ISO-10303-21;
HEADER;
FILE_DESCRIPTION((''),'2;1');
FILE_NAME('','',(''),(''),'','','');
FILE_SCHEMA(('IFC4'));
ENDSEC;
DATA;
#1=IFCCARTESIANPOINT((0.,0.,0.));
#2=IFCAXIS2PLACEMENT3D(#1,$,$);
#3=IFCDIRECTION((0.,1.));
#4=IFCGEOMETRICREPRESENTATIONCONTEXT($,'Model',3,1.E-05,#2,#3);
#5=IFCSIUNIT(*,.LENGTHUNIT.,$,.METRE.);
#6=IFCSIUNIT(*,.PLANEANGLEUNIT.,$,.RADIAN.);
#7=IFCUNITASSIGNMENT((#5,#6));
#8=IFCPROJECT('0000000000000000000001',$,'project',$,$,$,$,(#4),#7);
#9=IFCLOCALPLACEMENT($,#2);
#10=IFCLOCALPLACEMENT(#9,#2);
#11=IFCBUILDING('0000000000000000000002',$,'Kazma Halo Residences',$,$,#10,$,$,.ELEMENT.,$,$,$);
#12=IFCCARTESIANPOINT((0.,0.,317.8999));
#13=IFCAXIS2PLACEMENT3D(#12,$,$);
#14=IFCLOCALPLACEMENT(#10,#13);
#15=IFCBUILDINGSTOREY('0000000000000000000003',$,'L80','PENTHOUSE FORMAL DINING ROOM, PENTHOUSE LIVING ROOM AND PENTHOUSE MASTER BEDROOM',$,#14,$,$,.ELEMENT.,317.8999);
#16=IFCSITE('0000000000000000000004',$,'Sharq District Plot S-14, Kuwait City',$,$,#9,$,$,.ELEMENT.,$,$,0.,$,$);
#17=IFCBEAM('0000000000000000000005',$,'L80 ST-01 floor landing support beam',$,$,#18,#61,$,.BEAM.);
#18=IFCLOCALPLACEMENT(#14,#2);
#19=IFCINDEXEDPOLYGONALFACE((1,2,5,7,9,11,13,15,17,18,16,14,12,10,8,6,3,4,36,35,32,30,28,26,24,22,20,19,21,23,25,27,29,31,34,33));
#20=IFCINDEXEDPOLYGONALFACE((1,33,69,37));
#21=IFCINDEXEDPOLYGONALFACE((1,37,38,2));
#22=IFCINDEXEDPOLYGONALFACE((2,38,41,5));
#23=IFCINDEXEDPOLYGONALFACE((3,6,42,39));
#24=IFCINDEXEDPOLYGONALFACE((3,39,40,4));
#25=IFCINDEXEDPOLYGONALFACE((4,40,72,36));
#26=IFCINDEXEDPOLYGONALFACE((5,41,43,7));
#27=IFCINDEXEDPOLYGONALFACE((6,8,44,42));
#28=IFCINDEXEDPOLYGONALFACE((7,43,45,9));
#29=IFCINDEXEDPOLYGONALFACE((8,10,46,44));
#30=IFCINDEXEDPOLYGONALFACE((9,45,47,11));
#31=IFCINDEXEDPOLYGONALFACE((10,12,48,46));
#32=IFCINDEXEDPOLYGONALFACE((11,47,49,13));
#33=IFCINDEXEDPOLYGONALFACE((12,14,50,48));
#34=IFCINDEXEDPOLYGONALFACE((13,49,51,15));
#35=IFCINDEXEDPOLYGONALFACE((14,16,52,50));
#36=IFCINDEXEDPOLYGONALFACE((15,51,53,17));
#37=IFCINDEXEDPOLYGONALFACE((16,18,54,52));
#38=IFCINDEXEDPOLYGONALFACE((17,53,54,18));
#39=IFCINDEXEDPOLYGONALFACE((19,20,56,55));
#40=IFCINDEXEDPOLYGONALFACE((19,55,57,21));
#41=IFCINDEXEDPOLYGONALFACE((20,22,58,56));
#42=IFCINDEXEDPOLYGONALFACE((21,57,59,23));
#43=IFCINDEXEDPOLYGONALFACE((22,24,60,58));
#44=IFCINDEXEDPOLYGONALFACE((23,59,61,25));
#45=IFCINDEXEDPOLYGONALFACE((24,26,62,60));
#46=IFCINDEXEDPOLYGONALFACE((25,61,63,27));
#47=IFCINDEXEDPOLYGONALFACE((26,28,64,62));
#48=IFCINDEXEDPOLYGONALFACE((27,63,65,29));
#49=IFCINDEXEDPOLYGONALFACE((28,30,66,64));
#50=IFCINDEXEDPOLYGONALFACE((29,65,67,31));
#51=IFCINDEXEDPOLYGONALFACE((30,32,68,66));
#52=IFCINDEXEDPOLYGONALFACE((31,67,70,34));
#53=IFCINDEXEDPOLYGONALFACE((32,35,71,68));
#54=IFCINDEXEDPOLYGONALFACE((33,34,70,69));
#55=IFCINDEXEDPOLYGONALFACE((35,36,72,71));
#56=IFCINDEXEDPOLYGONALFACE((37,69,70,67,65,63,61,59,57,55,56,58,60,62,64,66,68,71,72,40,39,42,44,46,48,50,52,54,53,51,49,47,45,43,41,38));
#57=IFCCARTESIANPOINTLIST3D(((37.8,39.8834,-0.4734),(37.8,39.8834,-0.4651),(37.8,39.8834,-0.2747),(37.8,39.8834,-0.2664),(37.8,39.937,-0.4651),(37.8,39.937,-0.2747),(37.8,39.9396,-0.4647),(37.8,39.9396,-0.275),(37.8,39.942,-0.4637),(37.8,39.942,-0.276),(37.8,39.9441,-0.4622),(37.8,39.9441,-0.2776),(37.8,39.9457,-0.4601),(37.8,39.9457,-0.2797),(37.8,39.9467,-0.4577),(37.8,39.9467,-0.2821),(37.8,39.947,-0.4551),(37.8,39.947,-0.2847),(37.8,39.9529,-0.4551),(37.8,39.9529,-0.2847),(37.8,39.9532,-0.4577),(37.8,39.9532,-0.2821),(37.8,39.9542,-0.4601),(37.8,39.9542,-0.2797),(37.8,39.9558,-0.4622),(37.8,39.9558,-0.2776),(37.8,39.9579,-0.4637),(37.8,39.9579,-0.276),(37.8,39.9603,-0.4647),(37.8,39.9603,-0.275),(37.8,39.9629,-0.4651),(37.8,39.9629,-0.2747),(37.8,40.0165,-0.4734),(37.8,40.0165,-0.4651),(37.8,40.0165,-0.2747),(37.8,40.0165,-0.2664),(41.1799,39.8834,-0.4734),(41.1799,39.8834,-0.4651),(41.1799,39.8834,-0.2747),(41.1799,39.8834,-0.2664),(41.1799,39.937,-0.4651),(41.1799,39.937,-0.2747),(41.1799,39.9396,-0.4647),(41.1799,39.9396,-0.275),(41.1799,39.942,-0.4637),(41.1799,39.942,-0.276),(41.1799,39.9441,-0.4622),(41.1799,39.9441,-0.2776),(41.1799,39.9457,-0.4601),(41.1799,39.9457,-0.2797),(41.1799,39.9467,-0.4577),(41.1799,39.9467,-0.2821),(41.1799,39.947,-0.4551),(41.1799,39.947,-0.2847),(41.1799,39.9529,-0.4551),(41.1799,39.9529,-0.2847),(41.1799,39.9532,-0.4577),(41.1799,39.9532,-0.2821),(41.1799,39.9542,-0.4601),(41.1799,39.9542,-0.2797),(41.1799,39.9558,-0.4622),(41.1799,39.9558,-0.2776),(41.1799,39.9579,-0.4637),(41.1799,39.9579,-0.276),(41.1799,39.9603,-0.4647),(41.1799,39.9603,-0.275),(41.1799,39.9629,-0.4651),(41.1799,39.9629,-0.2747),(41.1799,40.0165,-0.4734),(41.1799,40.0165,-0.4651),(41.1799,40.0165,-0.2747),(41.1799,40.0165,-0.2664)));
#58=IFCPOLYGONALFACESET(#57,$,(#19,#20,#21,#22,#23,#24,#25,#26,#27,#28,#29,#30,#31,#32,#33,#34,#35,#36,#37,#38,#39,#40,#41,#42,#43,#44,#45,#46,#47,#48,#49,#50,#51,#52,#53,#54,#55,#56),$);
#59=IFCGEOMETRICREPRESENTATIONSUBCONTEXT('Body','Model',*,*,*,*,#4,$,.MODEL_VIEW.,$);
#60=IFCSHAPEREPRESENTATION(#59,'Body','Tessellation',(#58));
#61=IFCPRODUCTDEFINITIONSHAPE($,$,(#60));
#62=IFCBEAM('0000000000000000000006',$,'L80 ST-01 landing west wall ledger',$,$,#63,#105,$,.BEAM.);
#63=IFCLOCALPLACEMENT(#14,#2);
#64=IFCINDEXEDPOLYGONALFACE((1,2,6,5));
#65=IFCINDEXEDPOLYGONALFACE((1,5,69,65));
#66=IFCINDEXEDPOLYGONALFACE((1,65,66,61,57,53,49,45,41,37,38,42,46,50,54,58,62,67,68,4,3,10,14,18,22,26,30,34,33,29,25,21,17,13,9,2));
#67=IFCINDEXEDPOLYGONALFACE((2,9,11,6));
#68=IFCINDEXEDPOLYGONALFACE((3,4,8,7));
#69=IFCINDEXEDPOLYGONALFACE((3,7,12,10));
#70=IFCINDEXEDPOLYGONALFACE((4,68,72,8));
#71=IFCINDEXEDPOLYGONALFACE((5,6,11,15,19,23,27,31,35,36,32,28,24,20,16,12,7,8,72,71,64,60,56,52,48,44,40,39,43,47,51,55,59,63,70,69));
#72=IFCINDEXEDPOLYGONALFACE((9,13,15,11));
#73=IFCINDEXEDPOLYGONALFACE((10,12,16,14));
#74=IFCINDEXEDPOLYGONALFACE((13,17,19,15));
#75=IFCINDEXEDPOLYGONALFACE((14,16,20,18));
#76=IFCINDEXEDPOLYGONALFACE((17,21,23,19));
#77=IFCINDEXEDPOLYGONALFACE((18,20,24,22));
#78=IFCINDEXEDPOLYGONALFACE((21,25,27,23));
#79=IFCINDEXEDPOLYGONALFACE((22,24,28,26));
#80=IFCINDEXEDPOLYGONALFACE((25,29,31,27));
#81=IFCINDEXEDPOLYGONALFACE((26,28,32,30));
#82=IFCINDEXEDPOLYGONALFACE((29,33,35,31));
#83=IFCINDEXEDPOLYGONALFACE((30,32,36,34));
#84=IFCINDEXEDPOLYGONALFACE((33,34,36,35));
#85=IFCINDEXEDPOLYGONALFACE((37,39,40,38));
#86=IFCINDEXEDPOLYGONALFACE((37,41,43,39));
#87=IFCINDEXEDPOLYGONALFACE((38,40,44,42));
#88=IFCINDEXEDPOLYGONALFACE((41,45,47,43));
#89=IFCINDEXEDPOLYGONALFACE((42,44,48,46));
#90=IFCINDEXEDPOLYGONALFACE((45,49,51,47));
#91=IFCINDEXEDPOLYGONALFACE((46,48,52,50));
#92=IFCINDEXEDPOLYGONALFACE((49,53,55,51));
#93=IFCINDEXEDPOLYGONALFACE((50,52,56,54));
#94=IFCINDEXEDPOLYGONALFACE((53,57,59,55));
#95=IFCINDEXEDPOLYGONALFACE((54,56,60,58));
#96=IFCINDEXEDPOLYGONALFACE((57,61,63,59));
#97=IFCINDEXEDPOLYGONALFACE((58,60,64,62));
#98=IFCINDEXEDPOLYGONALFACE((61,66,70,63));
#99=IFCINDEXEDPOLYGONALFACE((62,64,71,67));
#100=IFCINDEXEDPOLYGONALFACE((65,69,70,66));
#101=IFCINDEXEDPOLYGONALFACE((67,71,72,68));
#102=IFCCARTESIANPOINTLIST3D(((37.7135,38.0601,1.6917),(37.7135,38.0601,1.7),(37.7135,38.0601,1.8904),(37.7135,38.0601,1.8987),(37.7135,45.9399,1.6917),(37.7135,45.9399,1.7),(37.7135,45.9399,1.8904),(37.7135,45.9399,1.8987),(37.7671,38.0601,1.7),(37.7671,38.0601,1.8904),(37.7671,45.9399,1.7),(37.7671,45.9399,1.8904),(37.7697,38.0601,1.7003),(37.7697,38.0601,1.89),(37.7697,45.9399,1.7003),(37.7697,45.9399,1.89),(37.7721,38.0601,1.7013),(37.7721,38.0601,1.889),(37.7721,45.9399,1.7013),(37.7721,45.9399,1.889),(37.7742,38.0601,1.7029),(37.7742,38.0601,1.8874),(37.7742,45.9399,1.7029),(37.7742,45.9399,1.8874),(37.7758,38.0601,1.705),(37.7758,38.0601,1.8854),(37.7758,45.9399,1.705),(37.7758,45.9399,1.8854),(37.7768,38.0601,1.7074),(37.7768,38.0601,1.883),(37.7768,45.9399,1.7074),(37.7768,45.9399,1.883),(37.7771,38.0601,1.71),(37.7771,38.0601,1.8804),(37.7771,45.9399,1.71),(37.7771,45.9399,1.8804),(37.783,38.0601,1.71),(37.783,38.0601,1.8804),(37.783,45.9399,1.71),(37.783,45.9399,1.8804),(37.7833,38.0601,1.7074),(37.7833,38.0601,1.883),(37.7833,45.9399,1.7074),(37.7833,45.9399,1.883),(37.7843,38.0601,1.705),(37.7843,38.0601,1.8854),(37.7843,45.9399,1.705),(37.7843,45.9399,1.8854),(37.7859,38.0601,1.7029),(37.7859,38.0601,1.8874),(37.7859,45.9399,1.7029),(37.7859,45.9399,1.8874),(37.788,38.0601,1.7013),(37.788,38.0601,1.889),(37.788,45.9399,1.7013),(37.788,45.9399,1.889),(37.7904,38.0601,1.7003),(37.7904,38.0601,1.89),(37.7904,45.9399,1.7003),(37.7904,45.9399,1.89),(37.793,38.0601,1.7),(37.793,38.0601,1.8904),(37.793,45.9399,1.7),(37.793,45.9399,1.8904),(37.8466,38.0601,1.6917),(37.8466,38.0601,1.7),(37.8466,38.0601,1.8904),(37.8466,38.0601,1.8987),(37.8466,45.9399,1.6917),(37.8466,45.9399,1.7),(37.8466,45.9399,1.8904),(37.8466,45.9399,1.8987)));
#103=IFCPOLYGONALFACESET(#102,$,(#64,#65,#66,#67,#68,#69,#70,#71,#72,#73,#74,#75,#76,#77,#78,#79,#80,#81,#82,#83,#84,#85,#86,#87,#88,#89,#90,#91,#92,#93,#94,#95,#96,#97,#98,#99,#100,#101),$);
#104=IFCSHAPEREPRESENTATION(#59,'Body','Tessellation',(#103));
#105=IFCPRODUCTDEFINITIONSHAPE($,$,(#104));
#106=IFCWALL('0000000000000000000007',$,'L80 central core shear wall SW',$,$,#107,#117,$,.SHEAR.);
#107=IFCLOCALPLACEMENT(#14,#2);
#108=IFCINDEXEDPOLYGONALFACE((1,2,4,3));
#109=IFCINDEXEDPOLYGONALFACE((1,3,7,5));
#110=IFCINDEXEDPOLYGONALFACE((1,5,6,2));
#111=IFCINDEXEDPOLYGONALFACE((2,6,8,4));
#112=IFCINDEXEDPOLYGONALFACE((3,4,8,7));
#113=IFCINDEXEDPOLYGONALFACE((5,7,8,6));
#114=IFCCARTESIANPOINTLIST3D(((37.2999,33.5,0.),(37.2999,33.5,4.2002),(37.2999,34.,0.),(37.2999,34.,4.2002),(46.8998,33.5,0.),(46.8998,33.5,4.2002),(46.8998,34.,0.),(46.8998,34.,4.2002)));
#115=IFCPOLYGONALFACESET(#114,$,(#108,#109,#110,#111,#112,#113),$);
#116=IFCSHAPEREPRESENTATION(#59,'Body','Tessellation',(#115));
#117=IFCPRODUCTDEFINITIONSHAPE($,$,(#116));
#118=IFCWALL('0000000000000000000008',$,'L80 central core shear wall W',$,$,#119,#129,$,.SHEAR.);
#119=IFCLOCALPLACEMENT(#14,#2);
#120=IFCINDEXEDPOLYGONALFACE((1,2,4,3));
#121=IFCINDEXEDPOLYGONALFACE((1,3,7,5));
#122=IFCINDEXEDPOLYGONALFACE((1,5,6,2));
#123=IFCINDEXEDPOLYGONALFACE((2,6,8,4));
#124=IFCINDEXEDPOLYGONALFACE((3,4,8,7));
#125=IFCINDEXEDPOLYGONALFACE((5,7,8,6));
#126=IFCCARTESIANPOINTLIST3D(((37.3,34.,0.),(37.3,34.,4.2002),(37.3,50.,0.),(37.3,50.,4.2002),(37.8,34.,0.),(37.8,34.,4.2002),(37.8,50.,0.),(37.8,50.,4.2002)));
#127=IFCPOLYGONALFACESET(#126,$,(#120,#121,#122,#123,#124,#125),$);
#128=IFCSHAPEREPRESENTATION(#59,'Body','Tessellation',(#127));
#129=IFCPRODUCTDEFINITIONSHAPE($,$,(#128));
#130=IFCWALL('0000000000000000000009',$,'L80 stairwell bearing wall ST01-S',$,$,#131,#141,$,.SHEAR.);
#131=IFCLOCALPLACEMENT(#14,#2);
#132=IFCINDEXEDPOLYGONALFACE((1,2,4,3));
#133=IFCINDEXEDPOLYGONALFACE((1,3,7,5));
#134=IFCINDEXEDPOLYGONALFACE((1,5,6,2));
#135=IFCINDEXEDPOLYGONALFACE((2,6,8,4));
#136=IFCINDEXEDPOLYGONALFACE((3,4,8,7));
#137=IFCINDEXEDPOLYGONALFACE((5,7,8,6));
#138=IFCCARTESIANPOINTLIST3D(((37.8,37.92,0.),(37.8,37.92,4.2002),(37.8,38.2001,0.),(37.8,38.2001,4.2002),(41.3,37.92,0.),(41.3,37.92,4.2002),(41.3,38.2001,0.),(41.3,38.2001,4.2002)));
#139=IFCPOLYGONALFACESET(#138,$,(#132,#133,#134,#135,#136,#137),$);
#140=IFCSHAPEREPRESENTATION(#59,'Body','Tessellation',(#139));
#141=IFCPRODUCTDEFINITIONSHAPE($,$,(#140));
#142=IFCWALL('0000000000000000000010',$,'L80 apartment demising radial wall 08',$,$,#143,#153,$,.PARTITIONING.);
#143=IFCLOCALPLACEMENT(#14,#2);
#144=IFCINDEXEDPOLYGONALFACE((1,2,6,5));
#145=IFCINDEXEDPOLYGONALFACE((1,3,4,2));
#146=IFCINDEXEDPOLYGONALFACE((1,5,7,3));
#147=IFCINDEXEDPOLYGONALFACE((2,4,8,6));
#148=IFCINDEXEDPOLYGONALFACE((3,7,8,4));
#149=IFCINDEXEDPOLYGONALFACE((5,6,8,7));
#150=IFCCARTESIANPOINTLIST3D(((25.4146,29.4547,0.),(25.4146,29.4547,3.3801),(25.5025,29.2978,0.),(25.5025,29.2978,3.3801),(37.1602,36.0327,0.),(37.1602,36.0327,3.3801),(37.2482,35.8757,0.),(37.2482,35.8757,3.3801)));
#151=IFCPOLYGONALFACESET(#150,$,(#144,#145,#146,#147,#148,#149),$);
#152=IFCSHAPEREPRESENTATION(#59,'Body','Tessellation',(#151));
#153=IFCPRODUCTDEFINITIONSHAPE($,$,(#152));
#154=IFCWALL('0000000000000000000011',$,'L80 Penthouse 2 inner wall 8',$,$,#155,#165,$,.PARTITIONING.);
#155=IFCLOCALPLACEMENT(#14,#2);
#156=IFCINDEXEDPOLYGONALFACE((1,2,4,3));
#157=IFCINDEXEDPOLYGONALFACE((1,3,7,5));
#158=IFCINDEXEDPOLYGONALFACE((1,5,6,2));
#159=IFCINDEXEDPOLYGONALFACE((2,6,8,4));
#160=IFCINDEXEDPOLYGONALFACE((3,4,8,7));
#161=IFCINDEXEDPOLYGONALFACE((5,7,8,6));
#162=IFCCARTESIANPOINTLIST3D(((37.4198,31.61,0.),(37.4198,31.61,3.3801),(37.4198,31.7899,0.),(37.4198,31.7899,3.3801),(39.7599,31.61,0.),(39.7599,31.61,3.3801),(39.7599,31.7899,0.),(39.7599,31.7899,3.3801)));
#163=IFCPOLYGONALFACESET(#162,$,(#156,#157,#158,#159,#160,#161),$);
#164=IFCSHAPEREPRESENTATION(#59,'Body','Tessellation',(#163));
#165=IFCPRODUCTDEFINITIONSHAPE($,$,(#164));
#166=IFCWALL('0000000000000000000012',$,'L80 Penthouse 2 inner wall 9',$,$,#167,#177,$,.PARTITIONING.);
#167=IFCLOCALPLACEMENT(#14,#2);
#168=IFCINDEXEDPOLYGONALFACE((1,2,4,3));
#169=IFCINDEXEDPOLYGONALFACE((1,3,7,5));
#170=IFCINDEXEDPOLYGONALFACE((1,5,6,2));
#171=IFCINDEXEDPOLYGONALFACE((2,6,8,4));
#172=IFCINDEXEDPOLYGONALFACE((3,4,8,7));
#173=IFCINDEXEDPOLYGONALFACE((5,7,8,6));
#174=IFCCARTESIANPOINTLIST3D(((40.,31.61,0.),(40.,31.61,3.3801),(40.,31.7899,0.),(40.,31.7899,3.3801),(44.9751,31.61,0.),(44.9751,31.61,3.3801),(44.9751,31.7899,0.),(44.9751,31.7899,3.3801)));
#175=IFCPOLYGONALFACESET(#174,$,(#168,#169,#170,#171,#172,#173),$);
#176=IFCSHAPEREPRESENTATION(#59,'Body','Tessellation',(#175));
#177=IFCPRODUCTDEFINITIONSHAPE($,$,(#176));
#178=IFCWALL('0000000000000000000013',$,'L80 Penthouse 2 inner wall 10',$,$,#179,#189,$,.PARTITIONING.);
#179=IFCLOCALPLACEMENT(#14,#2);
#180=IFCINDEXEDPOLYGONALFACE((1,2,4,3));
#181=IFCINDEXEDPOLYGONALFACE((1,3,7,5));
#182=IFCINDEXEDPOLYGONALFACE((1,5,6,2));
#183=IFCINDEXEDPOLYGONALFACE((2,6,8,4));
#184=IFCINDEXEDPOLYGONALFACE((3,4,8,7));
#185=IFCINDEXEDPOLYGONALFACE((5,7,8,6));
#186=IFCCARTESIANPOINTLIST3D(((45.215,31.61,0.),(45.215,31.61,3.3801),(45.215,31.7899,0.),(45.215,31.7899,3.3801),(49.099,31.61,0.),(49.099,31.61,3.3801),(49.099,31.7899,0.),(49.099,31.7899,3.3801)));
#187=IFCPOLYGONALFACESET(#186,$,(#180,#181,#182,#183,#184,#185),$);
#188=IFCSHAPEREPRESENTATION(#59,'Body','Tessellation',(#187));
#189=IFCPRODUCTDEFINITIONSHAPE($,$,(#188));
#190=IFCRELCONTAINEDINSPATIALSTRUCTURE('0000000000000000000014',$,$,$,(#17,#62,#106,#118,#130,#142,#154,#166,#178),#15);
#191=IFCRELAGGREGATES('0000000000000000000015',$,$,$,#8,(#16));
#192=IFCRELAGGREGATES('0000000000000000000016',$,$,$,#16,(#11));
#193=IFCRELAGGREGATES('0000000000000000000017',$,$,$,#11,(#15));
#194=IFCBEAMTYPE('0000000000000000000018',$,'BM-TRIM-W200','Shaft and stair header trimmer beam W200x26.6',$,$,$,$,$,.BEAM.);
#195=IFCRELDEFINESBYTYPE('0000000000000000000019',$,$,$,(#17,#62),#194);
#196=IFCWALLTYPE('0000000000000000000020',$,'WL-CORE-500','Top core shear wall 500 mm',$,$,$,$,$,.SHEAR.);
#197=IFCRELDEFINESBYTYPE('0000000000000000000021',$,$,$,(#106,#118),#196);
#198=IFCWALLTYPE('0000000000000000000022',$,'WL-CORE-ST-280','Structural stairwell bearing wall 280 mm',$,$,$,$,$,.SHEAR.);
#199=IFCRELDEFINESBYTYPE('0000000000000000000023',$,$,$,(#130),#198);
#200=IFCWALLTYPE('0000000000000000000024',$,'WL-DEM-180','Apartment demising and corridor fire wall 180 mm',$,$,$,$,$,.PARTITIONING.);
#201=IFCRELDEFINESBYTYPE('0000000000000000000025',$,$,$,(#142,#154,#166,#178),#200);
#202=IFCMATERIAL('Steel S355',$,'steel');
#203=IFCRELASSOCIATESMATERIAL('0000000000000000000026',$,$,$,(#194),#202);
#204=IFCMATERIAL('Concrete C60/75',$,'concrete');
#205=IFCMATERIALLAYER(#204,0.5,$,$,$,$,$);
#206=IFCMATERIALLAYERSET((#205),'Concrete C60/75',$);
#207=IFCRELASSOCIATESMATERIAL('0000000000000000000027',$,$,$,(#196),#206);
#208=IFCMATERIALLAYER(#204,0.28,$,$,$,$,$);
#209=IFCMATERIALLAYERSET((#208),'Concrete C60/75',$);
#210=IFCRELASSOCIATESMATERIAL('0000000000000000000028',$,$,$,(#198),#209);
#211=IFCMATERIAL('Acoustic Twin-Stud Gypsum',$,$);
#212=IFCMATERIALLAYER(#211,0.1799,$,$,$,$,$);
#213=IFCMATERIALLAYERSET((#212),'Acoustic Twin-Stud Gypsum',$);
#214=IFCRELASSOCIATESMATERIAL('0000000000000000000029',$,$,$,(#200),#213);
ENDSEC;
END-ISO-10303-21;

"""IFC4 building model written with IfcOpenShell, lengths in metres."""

from ifc_helpers import new_model, si_unit, direction, frame, frame_2d, origin, origin_2d, place, context, subcontext, project, spatial, rectangle, i_section, extrude, material, layer, layer_set, material_profile, profile_set, type_object, element, save


model = new_model("IFC4")

# Units and contexts
model_context = context("Model", 3, precision=1e-05, world=origin(), true_north=direction((0.0, 1.0)))
body_context = subcontext(model_context, "Body", "Model", "MODEL_VIEW")
ifc_project = project(units=[si_unit("LENGTHUNIT", "METRE"), si_unit("PLANEANGLEUNIT", "RADIAN")], contexts=[model_context])

# Site, building, storey
site_placement = place(None, origin())
site = spatial("IfcSite", under=ifc_project, at=site_placement, Name="Sharq District Plot S-14, Kuwait City", CompositionType="ELEMENT", RefElevation=0.0)
building_placement = place(site_placement, origin())
building = spatial("IfcBuilding", under=site, at=building_placement, Name="Kazma Halo Residences", CompositionType="ELEMENT")
storey_placement = place(building_placement, frame((0.0, 0.0, 317.8999)))
storey = spatial("IfcBuildingStorey", under=building, at=storey_placement, Name="L80", Description="PENTHOUSE FORMAL DINING ROOM, PENTHOUSE LIVING ROOM AND PENTHOUSE MASTER BEDROOM", CompositionType="ELEMENT", Elevation=317.8999)

# Beams
ifc_material_1 = material(Name="Steel S355", Category="steel")
ifc_material_profile_1 = material_profile(ifc_material_1, i_section(OverallWidth=0.1331, OverallDepth=0.207, WebThickness=0.0059, FlangeThickness=0.0083, FilletRadius=0.01, at=origin_2d()), Name="W200x26.6")
ifc_profile_set_1 = profile_set([ifc_material_profile_1], Name="Steel S355")
beam_type_1 = type_object("IfcBeamType", Name="BM-TRIM-W200", Description="Shaft and stair header trimmer beam W200x26.6", PredefinedType="BEAM", material=ifc_profile_set_1)
beam_1_placement = place(storey_placement, frame((37.8, 39.95, -0.3699), z_axis=(1.0, 0.0, 0.0), x_axis=(0.0, 1.0, 0.0)))
element("IfcBeam", 1, at=beam_1_placement, inside=storey, type_object=beam_type_1, Name="L80 ST-01 floor landing support beam", PredefinedType="BEAM", context=body_context, shape_type="SweptSolid", body=[
    extrude(i_section(OverallWidth=0.1331, OverallDepth=0.207, WebThickness=0.0059, FlangeThickness=0.0083, FilletRadius=0.01, at=origin_2d()), origin(), (0.0, 0.0, 1.0), 3.3799),
])
beam_2_placement = place(storey_placement, frame((37.78, 38.0601, 1.7952), z_axis=(0.0, 1.0, 0.0), x_axis=(-1.0, 0.0, 0.0)))
element("IfcBeam", 2, at=beam_2_placement, inside=storey, type_object=beam_type_1, Name="L80 ST-01 landing west wall ledger", PredefinedType="BEAM", context=body_context, shape_type="SweptSolid", body=[
    extrude(i_section(OverallWidth=0.1331, OverallDepth=0.207, WebThickness=0.0059, FlangeThickness=0.0083, FilletRadius=0.01, at=origin_2d()), origin(), (0.0, 0.0, 1.0), 7.8799),
])

# Walls
ifc_material_2 = material(Name="Concrete C60/75", Category="concrete")
ifc_layer_1 = layer(ifc_material_2, 0.5)
ifc_layer_set_1 = layer_set([ifc_layer_1], Name="Concrete C60/75")
wall_type_1 = type_object("IfcWallType", Name="WL-CORE-500", Description="Top core shear wall 500 mm", PredefinedType="SHEAR", material=ifc_layer_set_1)
wall_1_placement = place(storey_placement, frame((37.3, 33.75, 0.0), z_axis=(0.0, 0.0, 1.0), x_axis=(1.0, 0.0, 0.0)))
element("IfcWall", 3, at=wall_1_placement, inside=storey, type_object=wall_type_1, Name="L80 central core shear wall SW", PredefinedType="SHEAR", context=body_context, shape_type="SweptSolid", body=[
    extrude(rectangle(XDim=9.5999, YDim=0.5, at=frame_2d((4.7998, 0.0))), origin(), (0.0, 0.0, 1.0), 4.2002),
])
wall_2_placement = place(storey_placement, frame((37.55, 34.0, 0.0), z_axis=(0.0, 0.0, 1.0), x_axis=(0.0, 1.0, 0.0)))
element("IfcWall", 4, at=wall_2_placement, inside=storey, type_object=wall_type_1, Name="L80 central core shear wall W", PredefinedType="SHEAR", context=body_context, shape_type="SweptSolid", body=[
    extrude(rectangle(XDim=16.0, YDim=0.5, at=frame_2d((8.0, 0.0))), origin(), (0.0, 0.0, 1.0), 4.2002),
])
ifc_layer_2 = layer(ifc_material_2, 0.28)
ifc_layer_set_2 = layer_set([ifc_layer_2], Name="Concrete C60/75")
wall_type_2 = type_object("IfcWallType", Name="WL-CORE-ST-280", Description="Structural stairwell bearing wall 280 mm", PredefinedType="SHEAR", material=ifc_layer_set_2)
wall_3_placement = place(storey_placement, frame((37.8, 38.0601, 0.0), z_axis=(0.0, 0.0, 1.0), x_axis=(1.0, 0.0, 0.0)))
element("IfcWall", 5, at=wall_3_placement, inside=storey, type_object=wall_type_2, Name="L80 stairwell bearing wall ST01-S", PredefinedType="SHEAR", context=body_context, shape_type="SweptSolid", body=[
    extrude(rectangle(XDim=3.5, YDim=0.28, at=frame_2d((1.75, 0.0))), origin(), (0.0, 0.0, 1.0), 4.2002),
])
ifc_material_3 = material(Name="Acoustic Twin-Stud Gypsum")
ifc_layer_3 = layer(ifc_material_3, 0.1799)
ifc_layer_set_3 = layer_set([ifc_layer_3], Name="Acoustic Twin-Stud Gypsum")
wall_type_3 = type_object("IfcWallType", Name="WL-DEM-180", Description="Apartment demising and corridor fire wall 180 mm", PredefinedType="PARTITIONING", material=ifc_layer_set_3)
wall_4_placement = place(storey_placement, frame((37.2041, 35.9541, 0.0), z_axis=(0.0, 0.0, 1.0), x_axis=(-0.872495, -0.488623, 0.0)))
element("IfcWall", 6, at=wall_4_placement, inside=storey, type_object=wall_type_3, Name="L80 apartment demising radial wall 08", PredefinedType="PARTITIONING", context=body_context, shape_type="SweptSolid", body=[
    extrude(rectangle(XDim=13.4622, YDim=0.1799, at=frame_2d((6.731, 0.0))), origin(), (0.0, 0.0, 1.0), 3.3801),
])
wall_5_placement = place(storey_placement, frame((37.4199, 31.7, 0.0), z_axis=(0.0, 0.0, 1.0), x_axis=(1.0, 0.0, 0.0)))
element("IfcWall", 7, at=wall_5_placement, inside=storey, type_object=wall_type_3, Name="L80 Penthouse 2 inner wall 8", PredefinedType="PARTITIONING", context=body_context, shape_type="SweptSolid", body=[
    extrude(rectangle(XDim=2.3401, YDim=0.1799, at=frame_2d((1.1699, 0.0))), origin(), (0.0, 0.0, 1.0), 3.3801),
])
wall_6_placement = place(storey_placement, frame((40.0, 31.7, 0.0), z_axis=(0.0, 0.0, 1.0), x_axis=(1.0, 0.0, 0.0)))
element("IfcWall", 8, at=wall_6_placement, inside=storey, type_object=wall_type_3, Name="L80 Penthouse 2 inner wall 9", PredefinedType="PARTITIONING", context=body_context, shape_type="SweptSolid", body=[
    extrude(rectangle(XDim=4.9751, YDim=0.1799, at=frame_2d((2.4875, 0.0))), origin(), (0.0, 0.0, 1.0), 3.3801),
])
wall_7_placement = place(storey_placement, frame((45.2151, 31.7, 0.0), z_axis=(0.0, 0.0, 1.0), x_axis=(1.0, 0.0, 0.0)))
element("IfcWall", 9, at=wall_7_placement, inside=storey, type_object=wall_type_3, Name="L80 Penthouse 2 inner wall 10", PredefinedType="PARTITIONING", context=body_context, shape_type="SweptSolid", body=[
    extrude(rectangle(XDim=3.884, YDim=0.1799, at=frame_2d((1.9419, 0.0))), origin(), (0.0, 0.0, 1.0), 3.3801),
])

save(model, "model.ifc")
